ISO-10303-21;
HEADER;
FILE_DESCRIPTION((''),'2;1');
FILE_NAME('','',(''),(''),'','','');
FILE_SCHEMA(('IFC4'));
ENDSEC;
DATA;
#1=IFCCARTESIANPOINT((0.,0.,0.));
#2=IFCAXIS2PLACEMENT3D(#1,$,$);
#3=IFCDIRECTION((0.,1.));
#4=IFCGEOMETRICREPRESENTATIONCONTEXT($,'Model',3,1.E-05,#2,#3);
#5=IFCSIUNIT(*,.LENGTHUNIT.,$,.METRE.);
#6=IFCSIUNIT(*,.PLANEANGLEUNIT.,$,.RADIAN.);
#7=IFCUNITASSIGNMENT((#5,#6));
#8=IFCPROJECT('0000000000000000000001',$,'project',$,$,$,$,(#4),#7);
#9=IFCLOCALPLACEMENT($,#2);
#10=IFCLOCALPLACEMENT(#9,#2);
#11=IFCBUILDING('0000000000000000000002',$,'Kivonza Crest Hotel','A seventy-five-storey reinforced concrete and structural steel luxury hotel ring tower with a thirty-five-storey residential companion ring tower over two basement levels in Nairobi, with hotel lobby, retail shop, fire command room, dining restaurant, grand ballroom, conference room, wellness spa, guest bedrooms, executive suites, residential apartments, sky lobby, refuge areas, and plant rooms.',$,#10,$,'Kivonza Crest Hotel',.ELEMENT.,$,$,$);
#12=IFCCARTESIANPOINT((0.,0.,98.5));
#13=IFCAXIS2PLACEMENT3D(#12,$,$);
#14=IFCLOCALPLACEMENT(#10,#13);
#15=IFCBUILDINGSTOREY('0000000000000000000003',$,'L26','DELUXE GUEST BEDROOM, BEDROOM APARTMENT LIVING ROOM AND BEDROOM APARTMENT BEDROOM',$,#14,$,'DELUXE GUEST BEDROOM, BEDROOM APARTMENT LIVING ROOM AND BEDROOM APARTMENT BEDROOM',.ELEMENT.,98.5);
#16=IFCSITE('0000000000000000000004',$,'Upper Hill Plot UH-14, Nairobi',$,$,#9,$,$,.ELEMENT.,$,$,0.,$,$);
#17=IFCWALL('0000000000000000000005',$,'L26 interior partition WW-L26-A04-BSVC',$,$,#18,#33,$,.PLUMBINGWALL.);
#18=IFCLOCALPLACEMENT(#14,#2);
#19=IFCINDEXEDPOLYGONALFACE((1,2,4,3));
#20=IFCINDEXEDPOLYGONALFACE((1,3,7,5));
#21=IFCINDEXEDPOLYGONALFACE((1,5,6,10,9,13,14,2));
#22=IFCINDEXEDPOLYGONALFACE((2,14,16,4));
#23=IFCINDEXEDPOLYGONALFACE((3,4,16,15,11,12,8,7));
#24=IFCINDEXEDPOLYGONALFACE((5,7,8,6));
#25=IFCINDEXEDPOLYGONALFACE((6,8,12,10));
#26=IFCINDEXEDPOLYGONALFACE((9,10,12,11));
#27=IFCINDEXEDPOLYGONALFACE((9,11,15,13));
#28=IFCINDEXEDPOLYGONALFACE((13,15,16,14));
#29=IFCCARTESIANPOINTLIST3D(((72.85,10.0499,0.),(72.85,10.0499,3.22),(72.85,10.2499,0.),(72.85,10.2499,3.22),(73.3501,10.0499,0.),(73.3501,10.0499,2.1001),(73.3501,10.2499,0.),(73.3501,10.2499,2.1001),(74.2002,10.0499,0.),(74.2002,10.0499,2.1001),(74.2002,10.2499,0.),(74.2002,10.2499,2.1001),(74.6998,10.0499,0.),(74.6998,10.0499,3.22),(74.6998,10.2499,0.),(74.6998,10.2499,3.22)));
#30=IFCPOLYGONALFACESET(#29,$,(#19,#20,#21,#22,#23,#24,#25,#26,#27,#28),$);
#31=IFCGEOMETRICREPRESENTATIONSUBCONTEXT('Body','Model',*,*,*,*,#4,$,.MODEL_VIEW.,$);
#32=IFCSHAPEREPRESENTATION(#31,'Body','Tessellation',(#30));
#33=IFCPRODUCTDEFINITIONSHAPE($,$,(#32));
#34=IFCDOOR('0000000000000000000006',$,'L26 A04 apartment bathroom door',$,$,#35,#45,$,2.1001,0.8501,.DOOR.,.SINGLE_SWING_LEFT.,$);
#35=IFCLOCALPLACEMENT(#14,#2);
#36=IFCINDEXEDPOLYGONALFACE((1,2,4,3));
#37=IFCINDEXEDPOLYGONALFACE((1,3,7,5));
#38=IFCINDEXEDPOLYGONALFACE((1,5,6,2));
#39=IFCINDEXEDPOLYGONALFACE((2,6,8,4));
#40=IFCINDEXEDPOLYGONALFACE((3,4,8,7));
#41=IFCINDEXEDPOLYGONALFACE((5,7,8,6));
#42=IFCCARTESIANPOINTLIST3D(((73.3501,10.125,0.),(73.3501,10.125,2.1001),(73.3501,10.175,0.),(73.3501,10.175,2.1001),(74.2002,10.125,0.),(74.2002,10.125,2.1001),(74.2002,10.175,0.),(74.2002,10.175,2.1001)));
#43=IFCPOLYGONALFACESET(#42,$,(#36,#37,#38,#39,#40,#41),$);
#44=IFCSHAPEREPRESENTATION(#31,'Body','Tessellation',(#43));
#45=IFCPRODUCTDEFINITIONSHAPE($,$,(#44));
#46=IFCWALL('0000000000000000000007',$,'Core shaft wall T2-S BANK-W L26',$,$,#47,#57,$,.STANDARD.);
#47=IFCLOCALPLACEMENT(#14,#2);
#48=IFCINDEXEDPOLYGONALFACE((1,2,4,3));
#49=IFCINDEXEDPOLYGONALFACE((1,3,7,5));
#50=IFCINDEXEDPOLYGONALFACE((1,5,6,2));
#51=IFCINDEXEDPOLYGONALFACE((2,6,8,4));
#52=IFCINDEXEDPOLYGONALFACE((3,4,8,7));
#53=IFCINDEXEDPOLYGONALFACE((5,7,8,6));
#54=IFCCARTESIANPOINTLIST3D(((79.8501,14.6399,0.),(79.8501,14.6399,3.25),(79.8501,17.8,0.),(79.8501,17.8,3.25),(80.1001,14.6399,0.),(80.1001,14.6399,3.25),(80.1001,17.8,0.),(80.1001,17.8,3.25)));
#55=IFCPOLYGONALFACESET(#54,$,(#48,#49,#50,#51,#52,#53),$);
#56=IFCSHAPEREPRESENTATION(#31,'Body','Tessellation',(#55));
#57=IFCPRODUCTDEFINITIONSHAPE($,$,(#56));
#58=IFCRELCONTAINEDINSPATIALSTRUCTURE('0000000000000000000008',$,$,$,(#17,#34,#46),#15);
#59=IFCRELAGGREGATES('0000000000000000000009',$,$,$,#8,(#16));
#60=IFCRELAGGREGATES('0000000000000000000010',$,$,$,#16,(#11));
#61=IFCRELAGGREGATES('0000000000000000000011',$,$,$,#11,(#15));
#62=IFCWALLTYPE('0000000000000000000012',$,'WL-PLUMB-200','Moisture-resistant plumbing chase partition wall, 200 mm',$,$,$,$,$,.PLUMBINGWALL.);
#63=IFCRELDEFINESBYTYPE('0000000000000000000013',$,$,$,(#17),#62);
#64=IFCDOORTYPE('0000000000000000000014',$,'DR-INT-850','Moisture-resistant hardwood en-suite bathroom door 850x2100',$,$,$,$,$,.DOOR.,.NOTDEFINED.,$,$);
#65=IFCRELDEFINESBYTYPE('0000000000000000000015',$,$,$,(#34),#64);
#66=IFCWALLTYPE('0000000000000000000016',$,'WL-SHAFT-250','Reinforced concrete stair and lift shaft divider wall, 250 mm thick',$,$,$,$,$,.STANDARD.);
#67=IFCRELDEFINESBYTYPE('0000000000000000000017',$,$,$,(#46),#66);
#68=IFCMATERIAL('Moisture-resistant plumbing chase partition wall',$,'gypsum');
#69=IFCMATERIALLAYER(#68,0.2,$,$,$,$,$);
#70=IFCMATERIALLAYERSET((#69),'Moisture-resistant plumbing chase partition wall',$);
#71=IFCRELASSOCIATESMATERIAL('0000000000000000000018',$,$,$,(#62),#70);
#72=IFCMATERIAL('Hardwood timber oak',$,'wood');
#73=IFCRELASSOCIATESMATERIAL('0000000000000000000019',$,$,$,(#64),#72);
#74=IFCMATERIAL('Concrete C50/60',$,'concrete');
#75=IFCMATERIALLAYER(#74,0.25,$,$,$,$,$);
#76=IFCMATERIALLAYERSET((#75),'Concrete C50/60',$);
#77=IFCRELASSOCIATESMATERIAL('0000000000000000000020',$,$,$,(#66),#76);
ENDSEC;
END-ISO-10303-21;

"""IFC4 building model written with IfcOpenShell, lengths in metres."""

from ifc_helpers import new_model, si_unit, direction, frame, frame_2d, origin, place, context, subcontext, project, spatial, rectangle, extrude, material, layer, layer_set, type_object, element, fill, save


model = new_model("IFC4")

# Units and contexts
model_context = context("Model", 3, precision=1e-05, world=origin(), true_north=direction((0.0, 1.0)))
body_context = subcontext(model_context, "Body", "Model", "MODEL_VIEW")
ifc_project = project(units=[si_unit("LENGTHUNIT", "METRE"), si_unit("PLANEANGLEUNIT", "RADIAN")], contexts=[model_context])

# Site, building, storey
site_placement = place(None, origin())
site = spatial("IfcSite", under=ifc_project, at=site_placement, Name="Upper Hill Plot UH-14, Nairobi", CompositionType="ELEMENT", RefElevation=0.0)
building_placement = place(site_placement, origin())
building = spatial("IfcBuilding", under=site, at=building_placement, Name="Kivonza Crest Hotel", Description="A seventy-five-storey reinforced concrete and structural steel luxury hotel ring tower with a thirty-five-storey residential companion ring tower over two basement levels in Nairobi, with hotel lobby, retail shop, fire command room, dining restaurant, grand ballroom, conference room, wellness spa, guest bedrooms, executive suites, residential apartments, sky lobby, refuge areas, and plant rooms.", LongName="Kivonza Crest Hotel", CompositionType="ELEMENT")
storey_placement = place(building_placement, frame((0.0, 0.0, 98.5)))
storey = spatial("IfcBuildingStorey", under=building, at=storey_placement, Name="L26", Description="DELUXE GUEST BEDROOM, BEDROOM APARTMENT LIVING ROOM AND BEDROOM APARTMENT BEDROOM", LongName="DELUXE GUEST BEDROOM, BEDROOM APARTMENT LIVING ROOM AND BEDROOM APARTMENT BEDROOM", CompositionType="ELEMENT", Elevation=98.5)

# Shared definitions
ifc_material_1 = material(Name="Concrete C50/60", Category="concrete")

# Shared definitions
ifc_material_2 = material(Name="Hardwood timber oak", Category="wood")

# Wall, opening, door
ifc_material_3 = material(Name="Moisture-resistant plumbing chase partition wall", Category="gypsum")
ifc_layer_1 = layer(ifc_material_3, 0.2)
ifc_layer_set_1 = layer_set([ifc_layer_1], Name="Moisture-resistant plumbing chase partition wall")
wall_type_1 = type_object("IfcWallType", Name="WL-PLUMB-200", Description="Moisture-resistant plumbing chase partition wall, 200 mm", PredefinedType="PLUMBINGWALL", material=ifc_layer_set_1)
wall_1_placement = place(storey_placement, frame((72.8501, 10.1499, 0.0), z_axis=(0.0, 0.0, 1.0), x_axis=(1.0, 0.0, 0.0)))
wall_1 = element("IfcWall", 1, at=wall_1_placement, inside=storey, type_object=wall_type_1, Name="L26 interior partition WW-L26-A04-BSVC", PredefinedType="PLUMBINGWALL", context=body_context, shape_type="SweptSolid", body=[
    extrude(rectangle(XDim=1.8499, YDim=0.2, at=frame_2d((0.9248, 0.0))), origin(), (0.0, 0.0, 1.0), 3.22),
])
opening_1_placement = place(wall_1_placement, frame((0.5, 0.0, 0.0)))
opening_1 = element("IfcOpeningElement", 2, at=opening_1_placement, cuts=wall_1, PredefinedType="OPENING", context=body_context, shape_type="SweptSolid", body=[
    extrude(rectangle(XDim=0.8501, YDim=2.1001, at=frame_2d((0.425, 1.05))), frame((0.0, 0.1099, 0.0), z_axis=(0.0, -1.0, 0.0), x_axis=(1.0, 0.0, 0.0)), (0.0, 0.0, 1.0), 0.22),
])
door_type_1 = type_object("IfcDoorType", Name="DR-INT-850", Description="Moisture-resistant hardwood en-suite bathroom door 850x2100", OperationType="NOTDEFINED", PredefinedType="DOOR", material=ifc_material_2)
door_1_placement = place(opening_1_placement, frame((0.8501, 0.0, 0.0), z_axis=(0.0, 0.0, 1.0), x_axis=(-1.0, 0.0, 0.0)))
door_1 = element("IfcDoor", 3, at=door_1_placement, inside=storey, type_object=door_type_1, Name="L26 A04 apartment bathroom door", OperationType="SINGLE_SWING_LEFT", OverallHeight=2.1001, OverallWidth=0.8501, PredefinedType="DOOR", context=body_context, shape_type="SweptSolid", body=[
    extrude(rectangle(XDim=0.8501, YDim=2.1001, at=frame_2d((0.425, 1.05))), frame((0.0, 0.0249, 0.0), z_axis=(0.0, -1.0, 0.0), x_axis=(1.0, 0.0, 0.0)), (0.0, 0.0, 1.0), 0.05),
])
fill(opening_1, door_1)
ifc_layer_2 = layer(ifc_material_1, 0.25)
ifc_layer_set_2 = layer_set([ifc_layer_2], Name="Concrete C50/60")
wall_type_2 = type_object("IfcWallType", Name="WL-SHAFT-250", Description="Reinforced concrete stair and lift shaft divider wall, 250 mm thick", PredefinedType="STANDARD", material=ifc_layer_set_2)

# Wall
wall_2_placement = place(storey_placement, frame((79.9751, 14.6399, 0.0), z_axis=(0.0, 0.0, 1.0), x_axis=(0.0, 1.0, 0.0)))
element("IfcWall", 4, at=wall_2_placement, inside=storey, type_object=wall_type_2, Name="Core shaft wall T2-S BANK-W L26", PredefinedType="STANDARD", context=body_context, shape_type="SweptSolid", body=[
    extrude(rectangle(XDim=3.1602, YDim=0.25, at=frame_2d((1.5801, 0.0))), origin(), (0.0, 0.0, 1.0), 3.25),
])

save(model, "model.ifc")
